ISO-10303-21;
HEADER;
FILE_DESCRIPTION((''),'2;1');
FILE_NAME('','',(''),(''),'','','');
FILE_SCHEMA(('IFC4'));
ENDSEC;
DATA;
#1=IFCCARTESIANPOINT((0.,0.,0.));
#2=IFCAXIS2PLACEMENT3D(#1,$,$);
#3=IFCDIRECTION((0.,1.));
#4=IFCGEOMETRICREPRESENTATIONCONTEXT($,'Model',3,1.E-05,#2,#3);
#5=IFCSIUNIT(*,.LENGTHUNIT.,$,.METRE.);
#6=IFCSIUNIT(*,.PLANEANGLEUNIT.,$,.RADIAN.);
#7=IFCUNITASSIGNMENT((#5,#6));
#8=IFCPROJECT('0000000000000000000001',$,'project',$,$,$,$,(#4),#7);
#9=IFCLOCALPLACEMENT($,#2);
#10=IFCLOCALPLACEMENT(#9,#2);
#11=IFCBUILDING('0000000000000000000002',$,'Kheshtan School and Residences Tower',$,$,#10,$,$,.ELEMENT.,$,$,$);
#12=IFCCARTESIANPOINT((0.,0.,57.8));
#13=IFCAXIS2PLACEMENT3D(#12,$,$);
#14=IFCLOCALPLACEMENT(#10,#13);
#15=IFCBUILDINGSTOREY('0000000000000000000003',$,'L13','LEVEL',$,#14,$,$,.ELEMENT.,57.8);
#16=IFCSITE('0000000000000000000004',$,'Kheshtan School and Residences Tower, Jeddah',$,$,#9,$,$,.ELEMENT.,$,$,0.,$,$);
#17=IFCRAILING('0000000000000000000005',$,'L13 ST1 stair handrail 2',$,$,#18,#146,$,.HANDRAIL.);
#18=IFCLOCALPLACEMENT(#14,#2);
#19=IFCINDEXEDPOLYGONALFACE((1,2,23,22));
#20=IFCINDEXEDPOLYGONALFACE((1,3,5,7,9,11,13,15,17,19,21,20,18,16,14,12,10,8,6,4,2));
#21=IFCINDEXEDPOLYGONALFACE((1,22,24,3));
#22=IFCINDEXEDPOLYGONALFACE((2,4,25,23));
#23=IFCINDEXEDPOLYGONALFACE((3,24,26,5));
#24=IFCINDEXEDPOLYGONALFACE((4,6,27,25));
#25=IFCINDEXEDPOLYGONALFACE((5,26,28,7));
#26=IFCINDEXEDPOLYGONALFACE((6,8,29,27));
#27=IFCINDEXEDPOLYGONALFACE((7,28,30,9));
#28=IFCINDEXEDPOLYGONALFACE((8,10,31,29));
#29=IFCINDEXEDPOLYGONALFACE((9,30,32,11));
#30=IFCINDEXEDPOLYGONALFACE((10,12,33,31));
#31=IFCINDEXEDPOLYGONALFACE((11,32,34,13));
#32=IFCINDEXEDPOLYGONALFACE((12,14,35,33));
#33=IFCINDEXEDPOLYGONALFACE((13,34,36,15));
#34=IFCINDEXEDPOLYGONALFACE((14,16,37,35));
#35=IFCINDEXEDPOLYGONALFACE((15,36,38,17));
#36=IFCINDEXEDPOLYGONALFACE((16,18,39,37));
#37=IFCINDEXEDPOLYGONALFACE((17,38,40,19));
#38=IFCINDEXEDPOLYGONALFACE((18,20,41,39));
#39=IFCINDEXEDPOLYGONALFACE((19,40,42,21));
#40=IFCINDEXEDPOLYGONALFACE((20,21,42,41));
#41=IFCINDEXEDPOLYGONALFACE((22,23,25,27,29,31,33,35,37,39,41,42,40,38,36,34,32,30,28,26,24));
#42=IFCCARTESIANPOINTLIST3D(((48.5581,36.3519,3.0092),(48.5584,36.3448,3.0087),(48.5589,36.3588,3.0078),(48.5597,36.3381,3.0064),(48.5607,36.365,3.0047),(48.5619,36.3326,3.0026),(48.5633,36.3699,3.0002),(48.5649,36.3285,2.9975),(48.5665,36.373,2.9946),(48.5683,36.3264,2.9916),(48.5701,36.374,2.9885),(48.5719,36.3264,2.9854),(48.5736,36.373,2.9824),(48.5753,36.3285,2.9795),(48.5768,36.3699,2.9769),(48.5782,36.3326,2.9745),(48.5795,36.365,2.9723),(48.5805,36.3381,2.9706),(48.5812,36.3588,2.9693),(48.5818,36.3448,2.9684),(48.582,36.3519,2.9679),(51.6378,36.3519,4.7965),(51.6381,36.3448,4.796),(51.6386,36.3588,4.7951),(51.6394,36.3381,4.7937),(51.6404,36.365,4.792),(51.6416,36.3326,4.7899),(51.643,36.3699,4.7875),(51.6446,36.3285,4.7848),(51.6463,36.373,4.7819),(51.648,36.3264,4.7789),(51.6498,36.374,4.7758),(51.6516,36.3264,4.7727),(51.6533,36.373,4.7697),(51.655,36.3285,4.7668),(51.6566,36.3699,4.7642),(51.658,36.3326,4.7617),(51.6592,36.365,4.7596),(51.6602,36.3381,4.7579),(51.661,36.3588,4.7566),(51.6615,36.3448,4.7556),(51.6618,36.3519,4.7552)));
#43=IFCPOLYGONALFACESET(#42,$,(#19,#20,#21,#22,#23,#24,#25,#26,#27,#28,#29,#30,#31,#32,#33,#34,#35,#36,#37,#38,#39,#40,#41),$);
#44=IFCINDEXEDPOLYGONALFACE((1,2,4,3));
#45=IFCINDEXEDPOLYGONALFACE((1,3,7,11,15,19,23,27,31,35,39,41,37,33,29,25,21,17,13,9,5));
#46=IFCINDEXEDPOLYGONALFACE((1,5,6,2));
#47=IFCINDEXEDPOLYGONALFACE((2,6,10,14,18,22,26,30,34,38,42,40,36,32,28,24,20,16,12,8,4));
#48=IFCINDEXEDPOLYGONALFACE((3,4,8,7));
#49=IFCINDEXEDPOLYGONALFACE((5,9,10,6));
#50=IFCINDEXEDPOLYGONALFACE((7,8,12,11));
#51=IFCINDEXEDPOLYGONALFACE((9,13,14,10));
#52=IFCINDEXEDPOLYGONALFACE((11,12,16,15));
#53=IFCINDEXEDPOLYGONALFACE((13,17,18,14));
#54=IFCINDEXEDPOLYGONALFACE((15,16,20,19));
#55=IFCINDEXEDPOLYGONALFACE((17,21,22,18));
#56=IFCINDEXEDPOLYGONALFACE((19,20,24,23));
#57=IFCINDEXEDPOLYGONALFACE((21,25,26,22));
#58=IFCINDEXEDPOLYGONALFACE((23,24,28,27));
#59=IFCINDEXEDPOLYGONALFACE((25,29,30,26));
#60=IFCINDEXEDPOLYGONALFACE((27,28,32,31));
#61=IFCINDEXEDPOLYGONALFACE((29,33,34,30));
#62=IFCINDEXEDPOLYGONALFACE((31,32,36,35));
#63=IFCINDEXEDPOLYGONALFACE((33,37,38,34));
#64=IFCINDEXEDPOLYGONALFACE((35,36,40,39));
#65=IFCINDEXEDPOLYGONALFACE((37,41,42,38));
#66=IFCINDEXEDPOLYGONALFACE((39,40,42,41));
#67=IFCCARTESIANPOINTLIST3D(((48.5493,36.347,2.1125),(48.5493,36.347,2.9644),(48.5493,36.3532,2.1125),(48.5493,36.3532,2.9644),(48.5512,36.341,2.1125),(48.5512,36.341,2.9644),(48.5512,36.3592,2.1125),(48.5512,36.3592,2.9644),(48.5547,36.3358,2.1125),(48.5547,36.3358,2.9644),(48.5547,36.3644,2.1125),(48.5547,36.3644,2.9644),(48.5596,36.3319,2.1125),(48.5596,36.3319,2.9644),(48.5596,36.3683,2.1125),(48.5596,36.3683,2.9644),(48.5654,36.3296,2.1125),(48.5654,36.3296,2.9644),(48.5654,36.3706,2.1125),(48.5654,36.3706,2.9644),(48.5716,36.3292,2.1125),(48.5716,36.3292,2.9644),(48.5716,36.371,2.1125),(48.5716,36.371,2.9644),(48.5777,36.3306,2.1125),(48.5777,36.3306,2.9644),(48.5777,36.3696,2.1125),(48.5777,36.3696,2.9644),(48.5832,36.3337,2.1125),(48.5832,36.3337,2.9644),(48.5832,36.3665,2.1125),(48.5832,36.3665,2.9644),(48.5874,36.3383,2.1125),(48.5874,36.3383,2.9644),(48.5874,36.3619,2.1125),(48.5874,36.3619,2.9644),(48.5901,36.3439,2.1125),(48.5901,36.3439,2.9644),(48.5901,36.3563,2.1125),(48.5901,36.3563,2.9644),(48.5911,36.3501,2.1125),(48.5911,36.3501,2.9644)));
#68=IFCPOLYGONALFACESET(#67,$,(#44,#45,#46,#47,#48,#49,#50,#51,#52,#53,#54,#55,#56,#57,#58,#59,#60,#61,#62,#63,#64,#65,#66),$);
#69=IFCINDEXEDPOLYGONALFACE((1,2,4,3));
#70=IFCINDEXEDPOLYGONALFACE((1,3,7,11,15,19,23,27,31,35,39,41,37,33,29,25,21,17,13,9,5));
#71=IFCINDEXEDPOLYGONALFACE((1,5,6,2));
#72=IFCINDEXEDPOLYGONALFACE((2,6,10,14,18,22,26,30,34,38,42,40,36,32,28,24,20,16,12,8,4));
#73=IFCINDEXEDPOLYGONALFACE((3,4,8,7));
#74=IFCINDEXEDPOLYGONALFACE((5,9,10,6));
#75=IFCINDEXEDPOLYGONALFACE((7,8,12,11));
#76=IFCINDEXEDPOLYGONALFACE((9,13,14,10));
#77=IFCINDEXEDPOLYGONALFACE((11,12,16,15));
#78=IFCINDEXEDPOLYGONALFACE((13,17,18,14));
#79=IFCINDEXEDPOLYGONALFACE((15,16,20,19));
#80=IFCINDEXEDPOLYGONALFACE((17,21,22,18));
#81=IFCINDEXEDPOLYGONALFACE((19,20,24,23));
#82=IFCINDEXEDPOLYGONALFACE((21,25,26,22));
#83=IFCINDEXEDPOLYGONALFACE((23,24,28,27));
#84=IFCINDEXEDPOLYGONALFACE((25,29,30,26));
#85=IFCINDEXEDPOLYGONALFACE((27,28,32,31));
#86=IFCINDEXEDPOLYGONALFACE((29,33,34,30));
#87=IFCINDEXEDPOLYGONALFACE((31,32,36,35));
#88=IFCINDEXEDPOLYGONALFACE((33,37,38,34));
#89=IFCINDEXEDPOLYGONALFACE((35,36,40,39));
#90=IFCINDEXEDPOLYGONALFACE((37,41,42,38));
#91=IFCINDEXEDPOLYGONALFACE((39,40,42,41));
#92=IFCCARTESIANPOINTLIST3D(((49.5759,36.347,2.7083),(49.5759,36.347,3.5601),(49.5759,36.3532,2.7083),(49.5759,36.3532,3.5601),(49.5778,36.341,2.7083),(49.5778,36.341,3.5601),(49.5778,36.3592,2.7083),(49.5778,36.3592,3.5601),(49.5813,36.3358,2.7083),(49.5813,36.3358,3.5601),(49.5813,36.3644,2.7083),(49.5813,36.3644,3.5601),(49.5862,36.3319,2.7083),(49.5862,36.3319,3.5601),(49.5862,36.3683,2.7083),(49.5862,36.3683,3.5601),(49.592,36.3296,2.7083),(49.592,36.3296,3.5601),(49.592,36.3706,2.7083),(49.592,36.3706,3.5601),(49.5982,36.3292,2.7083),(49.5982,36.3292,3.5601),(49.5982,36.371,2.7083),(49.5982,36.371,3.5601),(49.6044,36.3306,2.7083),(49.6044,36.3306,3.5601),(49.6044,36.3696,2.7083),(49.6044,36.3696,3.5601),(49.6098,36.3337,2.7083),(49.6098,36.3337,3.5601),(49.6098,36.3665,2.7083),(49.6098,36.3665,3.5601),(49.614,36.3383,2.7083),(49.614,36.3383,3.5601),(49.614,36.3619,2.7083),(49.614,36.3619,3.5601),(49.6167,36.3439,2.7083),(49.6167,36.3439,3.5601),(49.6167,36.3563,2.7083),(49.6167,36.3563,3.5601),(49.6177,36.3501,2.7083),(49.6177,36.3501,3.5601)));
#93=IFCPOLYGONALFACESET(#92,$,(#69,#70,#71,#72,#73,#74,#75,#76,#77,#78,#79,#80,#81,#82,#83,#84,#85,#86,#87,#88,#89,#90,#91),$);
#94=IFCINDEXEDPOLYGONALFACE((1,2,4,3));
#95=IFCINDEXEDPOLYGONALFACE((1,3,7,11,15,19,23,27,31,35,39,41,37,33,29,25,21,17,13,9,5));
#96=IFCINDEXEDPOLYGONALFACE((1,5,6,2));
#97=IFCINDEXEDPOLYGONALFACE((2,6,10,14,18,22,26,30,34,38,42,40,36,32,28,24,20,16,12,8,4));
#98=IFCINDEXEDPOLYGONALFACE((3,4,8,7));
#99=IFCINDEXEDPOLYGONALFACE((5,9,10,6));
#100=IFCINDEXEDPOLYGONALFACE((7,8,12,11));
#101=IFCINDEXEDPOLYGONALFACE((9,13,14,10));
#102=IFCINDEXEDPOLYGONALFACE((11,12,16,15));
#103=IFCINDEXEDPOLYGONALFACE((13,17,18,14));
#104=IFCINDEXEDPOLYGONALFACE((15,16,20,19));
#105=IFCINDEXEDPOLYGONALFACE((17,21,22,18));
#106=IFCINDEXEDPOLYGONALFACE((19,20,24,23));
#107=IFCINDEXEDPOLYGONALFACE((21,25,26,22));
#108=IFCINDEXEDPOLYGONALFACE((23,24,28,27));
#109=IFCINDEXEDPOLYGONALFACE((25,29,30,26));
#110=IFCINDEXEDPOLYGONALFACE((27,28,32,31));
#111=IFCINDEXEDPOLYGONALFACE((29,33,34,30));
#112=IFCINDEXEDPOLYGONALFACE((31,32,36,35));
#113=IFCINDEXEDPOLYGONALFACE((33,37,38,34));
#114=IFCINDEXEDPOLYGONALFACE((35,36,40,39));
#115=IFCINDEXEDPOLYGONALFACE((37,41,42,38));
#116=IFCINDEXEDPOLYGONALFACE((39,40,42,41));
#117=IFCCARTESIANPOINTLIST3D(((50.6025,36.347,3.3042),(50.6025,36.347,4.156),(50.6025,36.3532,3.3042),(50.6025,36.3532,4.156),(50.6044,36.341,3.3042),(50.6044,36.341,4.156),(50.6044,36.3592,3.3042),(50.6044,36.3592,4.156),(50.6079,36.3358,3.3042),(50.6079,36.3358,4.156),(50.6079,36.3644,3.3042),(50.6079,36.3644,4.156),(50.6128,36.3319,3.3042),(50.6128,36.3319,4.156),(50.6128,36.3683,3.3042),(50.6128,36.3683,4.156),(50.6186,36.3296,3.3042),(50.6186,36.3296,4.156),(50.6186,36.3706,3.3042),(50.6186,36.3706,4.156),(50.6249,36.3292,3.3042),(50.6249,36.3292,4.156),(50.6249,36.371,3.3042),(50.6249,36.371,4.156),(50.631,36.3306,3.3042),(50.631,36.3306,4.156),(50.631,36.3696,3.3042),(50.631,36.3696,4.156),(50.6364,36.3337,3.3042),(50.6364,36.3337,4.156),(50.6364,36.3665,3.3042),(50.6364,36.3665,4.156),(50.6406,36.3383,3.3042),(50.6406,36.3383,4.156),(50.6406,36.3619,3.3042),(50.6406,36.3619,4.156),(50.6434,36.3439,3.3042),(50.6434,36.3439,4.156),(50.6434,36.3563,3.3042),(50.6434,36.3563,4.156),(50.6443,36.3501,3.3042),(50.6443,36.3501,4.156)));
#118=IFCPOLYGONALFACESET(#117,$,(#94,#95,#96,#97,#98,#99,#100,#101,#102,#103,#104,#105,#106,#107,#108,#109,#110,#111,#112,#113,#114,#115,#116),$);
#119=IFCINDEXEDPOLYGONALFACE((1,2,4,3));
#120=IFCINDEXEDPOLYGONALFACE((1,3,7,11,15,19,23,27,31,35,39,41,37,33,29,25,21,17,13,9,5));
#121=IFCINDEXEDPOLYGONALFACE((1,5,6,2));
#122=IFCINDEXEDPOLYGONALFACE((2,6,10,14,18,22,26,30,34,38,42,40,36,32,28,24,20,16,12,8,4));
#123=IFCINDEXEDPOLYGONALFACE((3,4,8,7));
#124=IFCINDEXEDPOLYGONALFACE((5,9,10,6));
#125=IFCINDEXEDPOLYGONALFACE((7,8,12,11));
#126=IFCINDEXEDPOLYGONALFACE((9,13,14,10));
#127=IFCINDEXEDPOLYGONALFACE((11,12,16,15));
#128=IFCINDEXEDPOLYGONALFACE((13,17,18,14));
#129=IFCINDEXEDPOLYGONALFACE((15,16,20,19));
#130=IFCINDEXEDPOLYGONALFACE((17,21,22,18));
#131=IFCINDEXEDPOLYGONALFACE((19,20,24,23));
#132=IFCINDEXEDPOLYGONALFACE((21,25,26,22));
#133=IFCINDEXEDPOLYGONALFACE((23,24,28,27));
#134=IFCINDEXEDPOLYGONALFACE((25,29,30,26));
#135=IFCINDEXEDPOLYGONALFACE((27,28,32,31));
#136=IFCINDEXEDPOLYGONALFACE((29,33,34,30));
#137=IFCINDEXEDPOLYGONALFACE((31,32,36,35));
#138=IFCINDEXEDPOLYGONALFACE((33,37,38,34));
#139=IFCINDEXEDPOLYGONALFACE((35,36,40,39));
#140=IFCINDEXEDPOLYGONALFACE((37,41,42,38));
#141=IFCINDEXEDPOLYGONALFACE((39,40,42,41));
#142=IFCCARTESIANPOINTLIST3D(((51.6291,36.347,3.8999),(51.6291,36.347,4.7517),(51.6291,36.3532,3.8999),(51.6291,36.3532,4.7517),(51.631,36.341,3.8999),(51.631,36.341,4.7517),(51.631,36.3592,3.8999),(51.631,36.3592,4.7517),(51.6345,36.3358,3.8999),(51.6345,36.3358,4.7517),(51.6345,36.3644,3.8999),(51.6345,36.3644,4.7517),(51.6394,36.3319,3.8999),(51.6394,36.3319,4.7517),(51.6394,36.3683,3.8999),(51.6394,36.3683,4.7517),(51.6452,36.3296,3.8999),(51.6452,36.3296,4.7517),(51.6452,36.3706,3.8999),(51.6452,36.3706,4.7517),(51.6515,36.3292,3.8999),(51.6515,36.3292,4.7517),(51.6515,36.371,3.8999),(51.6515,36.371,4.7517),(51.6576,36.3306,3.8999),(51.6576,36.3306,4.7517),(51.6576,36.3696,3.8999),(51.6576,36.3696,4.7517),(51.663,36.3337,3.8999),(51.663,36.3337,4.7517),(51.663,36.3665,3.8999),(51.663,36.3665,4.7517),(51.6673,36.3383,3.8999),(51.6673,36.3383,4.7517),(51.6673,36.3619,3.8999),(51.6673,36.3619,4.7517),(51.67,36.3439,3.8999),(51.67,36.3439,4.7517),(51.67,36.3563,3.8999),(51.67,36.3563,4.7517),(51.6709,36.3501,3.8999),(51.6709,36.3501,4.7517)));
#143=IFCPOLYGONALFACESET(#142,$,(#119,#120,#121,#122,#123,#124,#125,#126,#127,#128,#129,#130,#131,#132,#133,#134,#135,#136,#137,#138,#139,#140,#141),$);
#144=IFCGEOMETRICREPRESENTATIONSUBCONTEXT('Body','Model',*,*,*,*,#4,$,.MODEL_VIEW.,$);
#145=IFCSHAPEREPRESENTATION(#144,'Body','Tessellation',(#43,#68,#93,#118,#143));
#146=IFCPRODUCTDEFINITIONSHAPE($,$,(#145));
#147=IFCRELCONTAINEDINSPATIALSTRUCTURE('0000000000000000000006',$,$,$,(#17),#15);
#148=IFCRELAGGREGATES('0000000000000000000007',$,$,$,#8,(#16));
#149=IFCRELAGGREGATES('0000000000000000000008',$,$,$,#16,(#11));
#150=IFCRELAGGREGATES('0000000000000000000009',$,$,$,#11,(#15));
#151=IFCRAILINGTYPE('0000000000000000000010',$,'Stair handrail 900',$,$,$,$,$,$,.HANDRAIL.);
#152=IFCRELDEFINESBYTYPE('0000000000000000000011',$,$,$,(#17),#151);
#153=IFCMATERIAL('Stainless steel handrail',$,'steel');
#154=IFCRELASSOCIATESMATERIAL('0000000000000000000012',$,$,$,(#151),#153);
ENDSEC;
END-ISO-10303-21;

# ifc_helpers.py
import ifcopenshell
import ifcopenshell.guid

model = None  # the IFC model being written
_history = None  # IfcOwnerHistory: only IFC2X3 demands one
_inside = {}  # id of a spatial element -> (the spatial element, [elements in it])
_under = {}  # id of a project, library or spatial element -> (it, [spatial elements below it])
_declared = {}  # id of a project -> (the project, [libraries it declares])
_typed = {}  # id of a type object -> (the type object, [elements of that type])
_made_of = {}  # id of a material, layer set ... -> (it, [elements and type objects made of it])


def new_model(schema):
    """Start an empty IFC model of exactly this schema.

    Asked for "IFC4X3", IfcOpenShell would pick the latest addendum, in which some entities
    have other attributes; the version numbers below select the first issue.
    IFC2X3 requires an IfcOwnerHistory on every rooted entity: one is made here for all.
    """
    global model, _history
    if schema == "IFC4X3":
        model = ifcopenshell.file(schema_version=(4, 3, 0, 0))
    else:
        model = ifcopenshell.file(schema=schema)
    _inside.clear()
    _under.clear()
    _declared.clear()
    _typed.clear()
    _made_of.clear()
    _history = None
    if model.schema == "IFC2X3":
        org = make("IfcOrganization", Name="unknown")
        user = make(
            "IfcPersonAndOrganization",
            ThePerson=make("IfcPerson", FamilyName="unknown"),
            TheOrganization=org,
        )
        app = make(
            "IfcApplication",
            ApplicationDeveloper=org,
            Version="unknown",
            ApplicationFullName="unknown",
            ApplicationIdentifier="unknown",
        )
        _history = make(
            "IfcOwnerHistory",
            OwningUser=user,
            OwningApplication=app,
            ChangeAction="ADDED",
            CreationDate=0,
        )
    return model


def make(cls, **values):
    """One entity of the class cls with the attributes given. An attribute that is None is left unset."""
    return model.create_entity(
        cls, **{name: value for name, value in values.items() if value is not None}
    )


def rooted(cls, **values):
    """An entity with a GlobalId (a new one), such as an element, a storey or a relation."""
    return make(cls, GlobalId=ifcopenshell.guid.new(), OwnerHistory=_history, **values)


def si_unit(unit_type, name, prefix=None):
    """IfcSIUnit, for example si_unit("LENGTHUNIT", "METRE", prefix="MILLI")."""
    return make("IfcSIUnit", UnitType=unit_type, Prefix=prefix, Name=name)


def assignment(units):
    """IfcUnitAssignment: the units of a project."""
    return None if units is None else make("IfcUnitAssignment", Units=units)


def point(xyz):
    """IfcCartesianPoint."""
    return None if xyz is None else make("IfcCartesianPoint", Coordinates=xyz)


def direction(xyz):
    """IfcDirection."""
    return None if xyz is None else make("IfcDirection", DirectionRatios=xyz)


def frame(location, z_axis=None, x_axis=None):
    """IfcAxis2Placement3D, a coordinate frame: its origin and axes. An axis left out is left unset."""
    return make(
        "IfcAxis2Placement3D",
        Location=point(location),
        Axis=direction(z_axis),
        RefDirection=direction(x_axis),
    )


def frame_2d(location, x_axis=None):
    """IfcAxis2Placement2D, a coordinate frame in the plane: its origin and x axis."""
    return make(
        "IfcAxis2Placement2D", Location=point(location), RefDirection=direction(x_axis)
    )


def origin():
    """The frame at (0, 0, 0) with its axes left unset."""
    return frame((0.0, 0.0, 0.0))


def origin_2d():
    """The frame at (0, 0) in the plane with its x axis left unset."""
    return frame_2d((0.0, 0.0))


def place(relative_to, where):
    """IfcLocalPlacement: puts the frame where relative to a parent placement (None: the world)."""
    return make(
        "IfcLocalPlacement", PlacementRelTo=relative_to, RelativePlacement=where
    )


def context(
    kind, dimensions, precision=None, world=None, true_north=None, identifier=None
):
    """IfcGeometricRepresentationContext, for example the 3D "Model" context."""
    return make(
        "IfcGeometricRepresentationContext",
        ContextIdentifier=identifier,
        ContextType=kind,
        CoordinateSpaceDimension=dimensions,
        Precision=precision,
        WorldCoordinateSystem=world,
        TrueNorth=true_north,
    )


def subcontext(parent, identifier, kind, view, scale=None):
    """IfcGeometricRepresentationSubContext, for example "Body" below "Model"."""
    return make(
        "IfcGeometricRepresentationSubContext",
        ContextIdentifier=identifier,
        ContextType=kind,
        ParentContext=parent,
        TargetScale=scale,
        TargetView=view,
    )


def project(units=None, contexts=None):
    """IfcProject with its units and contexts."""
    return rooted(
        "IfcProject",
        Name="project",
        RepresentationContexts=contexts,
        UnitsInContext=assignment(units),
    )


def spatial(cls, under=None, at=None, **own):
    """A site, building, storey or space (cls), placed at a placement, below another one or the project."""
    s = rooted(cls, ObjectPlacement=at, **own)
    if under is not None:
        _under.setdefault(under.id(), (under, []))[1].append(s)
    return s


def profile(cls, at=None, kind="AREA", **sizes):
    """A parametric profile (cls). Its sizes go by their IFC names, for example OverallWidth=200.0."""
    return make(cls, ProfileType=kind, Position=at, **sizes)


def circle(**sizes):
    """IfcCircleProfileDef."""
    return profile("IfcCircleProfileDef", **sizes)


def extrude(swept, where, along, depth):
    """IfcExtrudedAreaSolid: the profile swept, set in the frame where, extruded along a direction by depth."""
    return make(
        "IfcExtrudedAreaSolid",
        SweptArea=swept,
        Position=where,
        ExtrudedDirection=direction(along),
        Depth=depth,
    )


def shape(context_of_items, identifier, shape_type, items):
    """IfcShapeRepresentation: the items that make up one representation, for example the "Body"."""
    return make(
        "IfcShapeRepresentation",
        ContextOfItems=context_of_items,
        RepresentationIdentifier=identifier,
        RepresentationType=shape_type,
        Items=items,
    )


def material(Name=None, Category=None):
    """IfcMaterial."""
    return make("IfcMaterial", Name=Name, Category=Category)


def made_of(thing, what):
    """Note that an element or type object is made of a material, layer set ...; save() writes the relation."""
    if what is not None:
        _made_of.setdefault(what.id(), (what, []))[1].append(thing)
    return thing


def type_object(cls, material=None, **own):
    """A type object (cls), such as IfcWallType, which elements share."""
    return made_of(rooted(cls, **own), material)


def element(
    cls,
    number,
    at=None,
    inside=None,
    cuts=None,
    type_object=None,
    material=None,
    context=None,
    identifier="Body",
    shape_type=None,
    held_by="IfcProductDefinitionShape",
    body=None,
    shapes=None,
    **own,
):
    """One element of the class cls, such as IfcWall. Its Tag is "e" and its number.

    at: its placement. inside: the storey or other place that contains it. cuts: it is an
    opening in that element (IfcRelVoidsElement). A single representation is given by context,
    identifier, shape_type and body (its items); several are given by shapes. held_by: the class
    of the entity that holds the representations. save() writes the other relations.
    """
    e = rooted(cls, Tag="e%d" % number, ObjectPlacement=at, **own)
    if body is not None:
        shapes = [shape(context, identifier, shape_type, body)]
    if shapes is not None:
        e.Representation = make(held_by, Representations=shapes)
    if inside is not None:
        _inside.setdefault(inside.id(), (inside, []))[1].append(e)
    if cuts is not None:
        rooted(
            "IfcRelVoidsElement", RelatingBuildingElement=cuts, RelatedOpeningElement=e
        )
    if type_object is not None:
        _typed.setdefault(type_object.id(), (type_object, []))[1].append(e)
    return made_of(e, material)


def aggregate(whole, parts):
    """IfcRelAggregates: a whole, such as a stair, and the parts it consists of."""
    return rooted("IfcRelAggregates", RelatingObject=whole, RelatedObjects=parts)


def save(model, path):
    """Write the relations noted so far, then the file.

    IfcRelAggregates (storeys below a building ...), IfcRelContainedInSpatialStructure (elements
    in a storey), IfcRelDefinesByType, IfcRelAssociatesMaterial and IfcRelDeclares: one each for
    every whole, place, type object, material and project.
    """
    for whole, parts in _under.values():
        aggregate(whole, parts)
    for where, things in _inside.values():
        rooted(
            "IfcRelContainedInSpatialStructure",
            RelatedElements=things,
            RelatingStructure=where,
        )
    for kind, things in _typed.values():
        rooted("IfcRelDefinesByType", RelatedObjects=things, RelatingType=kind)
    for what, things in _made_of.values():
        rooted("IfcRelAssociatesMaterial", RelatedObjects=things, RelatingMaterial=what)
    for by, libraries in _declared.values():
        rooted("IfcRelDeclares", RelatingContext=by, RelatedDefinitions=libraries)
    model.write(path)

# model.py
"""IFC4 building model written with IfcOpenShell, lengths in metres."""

from ifc_helpers import new_model, si_unit, direction, frame, origin, origin_2d, place, context, subcontext, project, spatial, circle, extrude, material, type_object, element, save


model = new_model("IFC4")

# Units and contexts
model_context = context("Model", 3, precision=1e-05, world=origin(), true_north=direction((0.0, 1.0)))
body_context = subcontext(model_context, "Body", "Model", "MODEL_VIEW")
ifc_project = project(units=[si_unit("LENGTHUNIT", "METRE"), si_unit("PLANEANGLEUNIT", "RADIAN")], contexts=[model_context])

# Site, building, storey
site_placement = place(None, origin())
site = spatial("IfcSite", under=ifc_project, at=site_placement, Name="Kheshtan School and Residences Tower, Jeddah", CompositionType="ELEMENT", RefElevation=0.0)
building_placement = place(site_placement, origin())
building = spatial("IfcBuilding", under=site, at=building_placement, Name="Kheshtan School and Residences Tower", CompositionType="ELEMENT")
storey_placement = place(building_placement, frame((0.0, 0.0, 57.8)))
storey = spatial("IfcBuildingStorey", under=building, at=storey_placement, Name="L13", Description="LEVEL", CompositionType="ELEMENT", Elevation=57.8)

# Railing
ifc_material_1 = material(Name="Stainless steel handrail", Category="steel")
railing_type_1 = type_object("IfcRailingType", Name="Stair handrail 900", PredefinedType="HANDRAIL", material=ifc_material_1)
railing_1_placement = place(storey_placement, frame((48.5701, 36.3501, 2.1125)))
element("IfcRailing", 1, at=railing_1_placement, inside=storey, type_object=railing_type_1, Name="L13 ST1 stair handrail 2", PredefinedType="HANDRAIL", context=body_context, shape_type="SweptSolid", body=[
    extrude(circle(Radius=0.0239, at=origin_2d()), frame((0.0, 0.0, 0.876), z_axis=(0.864903, 0.0, 0.501939), x_axis=(0.0, 1.0, 0.0)), (0.0, 0.0, 1.0), 3.5608),
    extrude(circle(Radius=0.021, at=origin_2d()), origin(), (0.0, 0.0, 1.0), 0.8518),
    extrude(circle(Radius=0.021, at=origin_2d()), frame((1.0266, 0.0, 0.5957)), (0.0, 0.0, 1.0), 0.8518),
    extrude(circle(Radius=0.021, at=origin_2d()), frame((2.0532, 0.0, 1.1917)), (0.0, 0.0, 1.0), 0.8518),
    extrude(circle(Radius=0.021, at=origin_2d()), frame((3.0798, 0.0, 1.7874)), (0.0, 0.0, 1.0), 0.8518),
])

save(model, "model.ifc")
